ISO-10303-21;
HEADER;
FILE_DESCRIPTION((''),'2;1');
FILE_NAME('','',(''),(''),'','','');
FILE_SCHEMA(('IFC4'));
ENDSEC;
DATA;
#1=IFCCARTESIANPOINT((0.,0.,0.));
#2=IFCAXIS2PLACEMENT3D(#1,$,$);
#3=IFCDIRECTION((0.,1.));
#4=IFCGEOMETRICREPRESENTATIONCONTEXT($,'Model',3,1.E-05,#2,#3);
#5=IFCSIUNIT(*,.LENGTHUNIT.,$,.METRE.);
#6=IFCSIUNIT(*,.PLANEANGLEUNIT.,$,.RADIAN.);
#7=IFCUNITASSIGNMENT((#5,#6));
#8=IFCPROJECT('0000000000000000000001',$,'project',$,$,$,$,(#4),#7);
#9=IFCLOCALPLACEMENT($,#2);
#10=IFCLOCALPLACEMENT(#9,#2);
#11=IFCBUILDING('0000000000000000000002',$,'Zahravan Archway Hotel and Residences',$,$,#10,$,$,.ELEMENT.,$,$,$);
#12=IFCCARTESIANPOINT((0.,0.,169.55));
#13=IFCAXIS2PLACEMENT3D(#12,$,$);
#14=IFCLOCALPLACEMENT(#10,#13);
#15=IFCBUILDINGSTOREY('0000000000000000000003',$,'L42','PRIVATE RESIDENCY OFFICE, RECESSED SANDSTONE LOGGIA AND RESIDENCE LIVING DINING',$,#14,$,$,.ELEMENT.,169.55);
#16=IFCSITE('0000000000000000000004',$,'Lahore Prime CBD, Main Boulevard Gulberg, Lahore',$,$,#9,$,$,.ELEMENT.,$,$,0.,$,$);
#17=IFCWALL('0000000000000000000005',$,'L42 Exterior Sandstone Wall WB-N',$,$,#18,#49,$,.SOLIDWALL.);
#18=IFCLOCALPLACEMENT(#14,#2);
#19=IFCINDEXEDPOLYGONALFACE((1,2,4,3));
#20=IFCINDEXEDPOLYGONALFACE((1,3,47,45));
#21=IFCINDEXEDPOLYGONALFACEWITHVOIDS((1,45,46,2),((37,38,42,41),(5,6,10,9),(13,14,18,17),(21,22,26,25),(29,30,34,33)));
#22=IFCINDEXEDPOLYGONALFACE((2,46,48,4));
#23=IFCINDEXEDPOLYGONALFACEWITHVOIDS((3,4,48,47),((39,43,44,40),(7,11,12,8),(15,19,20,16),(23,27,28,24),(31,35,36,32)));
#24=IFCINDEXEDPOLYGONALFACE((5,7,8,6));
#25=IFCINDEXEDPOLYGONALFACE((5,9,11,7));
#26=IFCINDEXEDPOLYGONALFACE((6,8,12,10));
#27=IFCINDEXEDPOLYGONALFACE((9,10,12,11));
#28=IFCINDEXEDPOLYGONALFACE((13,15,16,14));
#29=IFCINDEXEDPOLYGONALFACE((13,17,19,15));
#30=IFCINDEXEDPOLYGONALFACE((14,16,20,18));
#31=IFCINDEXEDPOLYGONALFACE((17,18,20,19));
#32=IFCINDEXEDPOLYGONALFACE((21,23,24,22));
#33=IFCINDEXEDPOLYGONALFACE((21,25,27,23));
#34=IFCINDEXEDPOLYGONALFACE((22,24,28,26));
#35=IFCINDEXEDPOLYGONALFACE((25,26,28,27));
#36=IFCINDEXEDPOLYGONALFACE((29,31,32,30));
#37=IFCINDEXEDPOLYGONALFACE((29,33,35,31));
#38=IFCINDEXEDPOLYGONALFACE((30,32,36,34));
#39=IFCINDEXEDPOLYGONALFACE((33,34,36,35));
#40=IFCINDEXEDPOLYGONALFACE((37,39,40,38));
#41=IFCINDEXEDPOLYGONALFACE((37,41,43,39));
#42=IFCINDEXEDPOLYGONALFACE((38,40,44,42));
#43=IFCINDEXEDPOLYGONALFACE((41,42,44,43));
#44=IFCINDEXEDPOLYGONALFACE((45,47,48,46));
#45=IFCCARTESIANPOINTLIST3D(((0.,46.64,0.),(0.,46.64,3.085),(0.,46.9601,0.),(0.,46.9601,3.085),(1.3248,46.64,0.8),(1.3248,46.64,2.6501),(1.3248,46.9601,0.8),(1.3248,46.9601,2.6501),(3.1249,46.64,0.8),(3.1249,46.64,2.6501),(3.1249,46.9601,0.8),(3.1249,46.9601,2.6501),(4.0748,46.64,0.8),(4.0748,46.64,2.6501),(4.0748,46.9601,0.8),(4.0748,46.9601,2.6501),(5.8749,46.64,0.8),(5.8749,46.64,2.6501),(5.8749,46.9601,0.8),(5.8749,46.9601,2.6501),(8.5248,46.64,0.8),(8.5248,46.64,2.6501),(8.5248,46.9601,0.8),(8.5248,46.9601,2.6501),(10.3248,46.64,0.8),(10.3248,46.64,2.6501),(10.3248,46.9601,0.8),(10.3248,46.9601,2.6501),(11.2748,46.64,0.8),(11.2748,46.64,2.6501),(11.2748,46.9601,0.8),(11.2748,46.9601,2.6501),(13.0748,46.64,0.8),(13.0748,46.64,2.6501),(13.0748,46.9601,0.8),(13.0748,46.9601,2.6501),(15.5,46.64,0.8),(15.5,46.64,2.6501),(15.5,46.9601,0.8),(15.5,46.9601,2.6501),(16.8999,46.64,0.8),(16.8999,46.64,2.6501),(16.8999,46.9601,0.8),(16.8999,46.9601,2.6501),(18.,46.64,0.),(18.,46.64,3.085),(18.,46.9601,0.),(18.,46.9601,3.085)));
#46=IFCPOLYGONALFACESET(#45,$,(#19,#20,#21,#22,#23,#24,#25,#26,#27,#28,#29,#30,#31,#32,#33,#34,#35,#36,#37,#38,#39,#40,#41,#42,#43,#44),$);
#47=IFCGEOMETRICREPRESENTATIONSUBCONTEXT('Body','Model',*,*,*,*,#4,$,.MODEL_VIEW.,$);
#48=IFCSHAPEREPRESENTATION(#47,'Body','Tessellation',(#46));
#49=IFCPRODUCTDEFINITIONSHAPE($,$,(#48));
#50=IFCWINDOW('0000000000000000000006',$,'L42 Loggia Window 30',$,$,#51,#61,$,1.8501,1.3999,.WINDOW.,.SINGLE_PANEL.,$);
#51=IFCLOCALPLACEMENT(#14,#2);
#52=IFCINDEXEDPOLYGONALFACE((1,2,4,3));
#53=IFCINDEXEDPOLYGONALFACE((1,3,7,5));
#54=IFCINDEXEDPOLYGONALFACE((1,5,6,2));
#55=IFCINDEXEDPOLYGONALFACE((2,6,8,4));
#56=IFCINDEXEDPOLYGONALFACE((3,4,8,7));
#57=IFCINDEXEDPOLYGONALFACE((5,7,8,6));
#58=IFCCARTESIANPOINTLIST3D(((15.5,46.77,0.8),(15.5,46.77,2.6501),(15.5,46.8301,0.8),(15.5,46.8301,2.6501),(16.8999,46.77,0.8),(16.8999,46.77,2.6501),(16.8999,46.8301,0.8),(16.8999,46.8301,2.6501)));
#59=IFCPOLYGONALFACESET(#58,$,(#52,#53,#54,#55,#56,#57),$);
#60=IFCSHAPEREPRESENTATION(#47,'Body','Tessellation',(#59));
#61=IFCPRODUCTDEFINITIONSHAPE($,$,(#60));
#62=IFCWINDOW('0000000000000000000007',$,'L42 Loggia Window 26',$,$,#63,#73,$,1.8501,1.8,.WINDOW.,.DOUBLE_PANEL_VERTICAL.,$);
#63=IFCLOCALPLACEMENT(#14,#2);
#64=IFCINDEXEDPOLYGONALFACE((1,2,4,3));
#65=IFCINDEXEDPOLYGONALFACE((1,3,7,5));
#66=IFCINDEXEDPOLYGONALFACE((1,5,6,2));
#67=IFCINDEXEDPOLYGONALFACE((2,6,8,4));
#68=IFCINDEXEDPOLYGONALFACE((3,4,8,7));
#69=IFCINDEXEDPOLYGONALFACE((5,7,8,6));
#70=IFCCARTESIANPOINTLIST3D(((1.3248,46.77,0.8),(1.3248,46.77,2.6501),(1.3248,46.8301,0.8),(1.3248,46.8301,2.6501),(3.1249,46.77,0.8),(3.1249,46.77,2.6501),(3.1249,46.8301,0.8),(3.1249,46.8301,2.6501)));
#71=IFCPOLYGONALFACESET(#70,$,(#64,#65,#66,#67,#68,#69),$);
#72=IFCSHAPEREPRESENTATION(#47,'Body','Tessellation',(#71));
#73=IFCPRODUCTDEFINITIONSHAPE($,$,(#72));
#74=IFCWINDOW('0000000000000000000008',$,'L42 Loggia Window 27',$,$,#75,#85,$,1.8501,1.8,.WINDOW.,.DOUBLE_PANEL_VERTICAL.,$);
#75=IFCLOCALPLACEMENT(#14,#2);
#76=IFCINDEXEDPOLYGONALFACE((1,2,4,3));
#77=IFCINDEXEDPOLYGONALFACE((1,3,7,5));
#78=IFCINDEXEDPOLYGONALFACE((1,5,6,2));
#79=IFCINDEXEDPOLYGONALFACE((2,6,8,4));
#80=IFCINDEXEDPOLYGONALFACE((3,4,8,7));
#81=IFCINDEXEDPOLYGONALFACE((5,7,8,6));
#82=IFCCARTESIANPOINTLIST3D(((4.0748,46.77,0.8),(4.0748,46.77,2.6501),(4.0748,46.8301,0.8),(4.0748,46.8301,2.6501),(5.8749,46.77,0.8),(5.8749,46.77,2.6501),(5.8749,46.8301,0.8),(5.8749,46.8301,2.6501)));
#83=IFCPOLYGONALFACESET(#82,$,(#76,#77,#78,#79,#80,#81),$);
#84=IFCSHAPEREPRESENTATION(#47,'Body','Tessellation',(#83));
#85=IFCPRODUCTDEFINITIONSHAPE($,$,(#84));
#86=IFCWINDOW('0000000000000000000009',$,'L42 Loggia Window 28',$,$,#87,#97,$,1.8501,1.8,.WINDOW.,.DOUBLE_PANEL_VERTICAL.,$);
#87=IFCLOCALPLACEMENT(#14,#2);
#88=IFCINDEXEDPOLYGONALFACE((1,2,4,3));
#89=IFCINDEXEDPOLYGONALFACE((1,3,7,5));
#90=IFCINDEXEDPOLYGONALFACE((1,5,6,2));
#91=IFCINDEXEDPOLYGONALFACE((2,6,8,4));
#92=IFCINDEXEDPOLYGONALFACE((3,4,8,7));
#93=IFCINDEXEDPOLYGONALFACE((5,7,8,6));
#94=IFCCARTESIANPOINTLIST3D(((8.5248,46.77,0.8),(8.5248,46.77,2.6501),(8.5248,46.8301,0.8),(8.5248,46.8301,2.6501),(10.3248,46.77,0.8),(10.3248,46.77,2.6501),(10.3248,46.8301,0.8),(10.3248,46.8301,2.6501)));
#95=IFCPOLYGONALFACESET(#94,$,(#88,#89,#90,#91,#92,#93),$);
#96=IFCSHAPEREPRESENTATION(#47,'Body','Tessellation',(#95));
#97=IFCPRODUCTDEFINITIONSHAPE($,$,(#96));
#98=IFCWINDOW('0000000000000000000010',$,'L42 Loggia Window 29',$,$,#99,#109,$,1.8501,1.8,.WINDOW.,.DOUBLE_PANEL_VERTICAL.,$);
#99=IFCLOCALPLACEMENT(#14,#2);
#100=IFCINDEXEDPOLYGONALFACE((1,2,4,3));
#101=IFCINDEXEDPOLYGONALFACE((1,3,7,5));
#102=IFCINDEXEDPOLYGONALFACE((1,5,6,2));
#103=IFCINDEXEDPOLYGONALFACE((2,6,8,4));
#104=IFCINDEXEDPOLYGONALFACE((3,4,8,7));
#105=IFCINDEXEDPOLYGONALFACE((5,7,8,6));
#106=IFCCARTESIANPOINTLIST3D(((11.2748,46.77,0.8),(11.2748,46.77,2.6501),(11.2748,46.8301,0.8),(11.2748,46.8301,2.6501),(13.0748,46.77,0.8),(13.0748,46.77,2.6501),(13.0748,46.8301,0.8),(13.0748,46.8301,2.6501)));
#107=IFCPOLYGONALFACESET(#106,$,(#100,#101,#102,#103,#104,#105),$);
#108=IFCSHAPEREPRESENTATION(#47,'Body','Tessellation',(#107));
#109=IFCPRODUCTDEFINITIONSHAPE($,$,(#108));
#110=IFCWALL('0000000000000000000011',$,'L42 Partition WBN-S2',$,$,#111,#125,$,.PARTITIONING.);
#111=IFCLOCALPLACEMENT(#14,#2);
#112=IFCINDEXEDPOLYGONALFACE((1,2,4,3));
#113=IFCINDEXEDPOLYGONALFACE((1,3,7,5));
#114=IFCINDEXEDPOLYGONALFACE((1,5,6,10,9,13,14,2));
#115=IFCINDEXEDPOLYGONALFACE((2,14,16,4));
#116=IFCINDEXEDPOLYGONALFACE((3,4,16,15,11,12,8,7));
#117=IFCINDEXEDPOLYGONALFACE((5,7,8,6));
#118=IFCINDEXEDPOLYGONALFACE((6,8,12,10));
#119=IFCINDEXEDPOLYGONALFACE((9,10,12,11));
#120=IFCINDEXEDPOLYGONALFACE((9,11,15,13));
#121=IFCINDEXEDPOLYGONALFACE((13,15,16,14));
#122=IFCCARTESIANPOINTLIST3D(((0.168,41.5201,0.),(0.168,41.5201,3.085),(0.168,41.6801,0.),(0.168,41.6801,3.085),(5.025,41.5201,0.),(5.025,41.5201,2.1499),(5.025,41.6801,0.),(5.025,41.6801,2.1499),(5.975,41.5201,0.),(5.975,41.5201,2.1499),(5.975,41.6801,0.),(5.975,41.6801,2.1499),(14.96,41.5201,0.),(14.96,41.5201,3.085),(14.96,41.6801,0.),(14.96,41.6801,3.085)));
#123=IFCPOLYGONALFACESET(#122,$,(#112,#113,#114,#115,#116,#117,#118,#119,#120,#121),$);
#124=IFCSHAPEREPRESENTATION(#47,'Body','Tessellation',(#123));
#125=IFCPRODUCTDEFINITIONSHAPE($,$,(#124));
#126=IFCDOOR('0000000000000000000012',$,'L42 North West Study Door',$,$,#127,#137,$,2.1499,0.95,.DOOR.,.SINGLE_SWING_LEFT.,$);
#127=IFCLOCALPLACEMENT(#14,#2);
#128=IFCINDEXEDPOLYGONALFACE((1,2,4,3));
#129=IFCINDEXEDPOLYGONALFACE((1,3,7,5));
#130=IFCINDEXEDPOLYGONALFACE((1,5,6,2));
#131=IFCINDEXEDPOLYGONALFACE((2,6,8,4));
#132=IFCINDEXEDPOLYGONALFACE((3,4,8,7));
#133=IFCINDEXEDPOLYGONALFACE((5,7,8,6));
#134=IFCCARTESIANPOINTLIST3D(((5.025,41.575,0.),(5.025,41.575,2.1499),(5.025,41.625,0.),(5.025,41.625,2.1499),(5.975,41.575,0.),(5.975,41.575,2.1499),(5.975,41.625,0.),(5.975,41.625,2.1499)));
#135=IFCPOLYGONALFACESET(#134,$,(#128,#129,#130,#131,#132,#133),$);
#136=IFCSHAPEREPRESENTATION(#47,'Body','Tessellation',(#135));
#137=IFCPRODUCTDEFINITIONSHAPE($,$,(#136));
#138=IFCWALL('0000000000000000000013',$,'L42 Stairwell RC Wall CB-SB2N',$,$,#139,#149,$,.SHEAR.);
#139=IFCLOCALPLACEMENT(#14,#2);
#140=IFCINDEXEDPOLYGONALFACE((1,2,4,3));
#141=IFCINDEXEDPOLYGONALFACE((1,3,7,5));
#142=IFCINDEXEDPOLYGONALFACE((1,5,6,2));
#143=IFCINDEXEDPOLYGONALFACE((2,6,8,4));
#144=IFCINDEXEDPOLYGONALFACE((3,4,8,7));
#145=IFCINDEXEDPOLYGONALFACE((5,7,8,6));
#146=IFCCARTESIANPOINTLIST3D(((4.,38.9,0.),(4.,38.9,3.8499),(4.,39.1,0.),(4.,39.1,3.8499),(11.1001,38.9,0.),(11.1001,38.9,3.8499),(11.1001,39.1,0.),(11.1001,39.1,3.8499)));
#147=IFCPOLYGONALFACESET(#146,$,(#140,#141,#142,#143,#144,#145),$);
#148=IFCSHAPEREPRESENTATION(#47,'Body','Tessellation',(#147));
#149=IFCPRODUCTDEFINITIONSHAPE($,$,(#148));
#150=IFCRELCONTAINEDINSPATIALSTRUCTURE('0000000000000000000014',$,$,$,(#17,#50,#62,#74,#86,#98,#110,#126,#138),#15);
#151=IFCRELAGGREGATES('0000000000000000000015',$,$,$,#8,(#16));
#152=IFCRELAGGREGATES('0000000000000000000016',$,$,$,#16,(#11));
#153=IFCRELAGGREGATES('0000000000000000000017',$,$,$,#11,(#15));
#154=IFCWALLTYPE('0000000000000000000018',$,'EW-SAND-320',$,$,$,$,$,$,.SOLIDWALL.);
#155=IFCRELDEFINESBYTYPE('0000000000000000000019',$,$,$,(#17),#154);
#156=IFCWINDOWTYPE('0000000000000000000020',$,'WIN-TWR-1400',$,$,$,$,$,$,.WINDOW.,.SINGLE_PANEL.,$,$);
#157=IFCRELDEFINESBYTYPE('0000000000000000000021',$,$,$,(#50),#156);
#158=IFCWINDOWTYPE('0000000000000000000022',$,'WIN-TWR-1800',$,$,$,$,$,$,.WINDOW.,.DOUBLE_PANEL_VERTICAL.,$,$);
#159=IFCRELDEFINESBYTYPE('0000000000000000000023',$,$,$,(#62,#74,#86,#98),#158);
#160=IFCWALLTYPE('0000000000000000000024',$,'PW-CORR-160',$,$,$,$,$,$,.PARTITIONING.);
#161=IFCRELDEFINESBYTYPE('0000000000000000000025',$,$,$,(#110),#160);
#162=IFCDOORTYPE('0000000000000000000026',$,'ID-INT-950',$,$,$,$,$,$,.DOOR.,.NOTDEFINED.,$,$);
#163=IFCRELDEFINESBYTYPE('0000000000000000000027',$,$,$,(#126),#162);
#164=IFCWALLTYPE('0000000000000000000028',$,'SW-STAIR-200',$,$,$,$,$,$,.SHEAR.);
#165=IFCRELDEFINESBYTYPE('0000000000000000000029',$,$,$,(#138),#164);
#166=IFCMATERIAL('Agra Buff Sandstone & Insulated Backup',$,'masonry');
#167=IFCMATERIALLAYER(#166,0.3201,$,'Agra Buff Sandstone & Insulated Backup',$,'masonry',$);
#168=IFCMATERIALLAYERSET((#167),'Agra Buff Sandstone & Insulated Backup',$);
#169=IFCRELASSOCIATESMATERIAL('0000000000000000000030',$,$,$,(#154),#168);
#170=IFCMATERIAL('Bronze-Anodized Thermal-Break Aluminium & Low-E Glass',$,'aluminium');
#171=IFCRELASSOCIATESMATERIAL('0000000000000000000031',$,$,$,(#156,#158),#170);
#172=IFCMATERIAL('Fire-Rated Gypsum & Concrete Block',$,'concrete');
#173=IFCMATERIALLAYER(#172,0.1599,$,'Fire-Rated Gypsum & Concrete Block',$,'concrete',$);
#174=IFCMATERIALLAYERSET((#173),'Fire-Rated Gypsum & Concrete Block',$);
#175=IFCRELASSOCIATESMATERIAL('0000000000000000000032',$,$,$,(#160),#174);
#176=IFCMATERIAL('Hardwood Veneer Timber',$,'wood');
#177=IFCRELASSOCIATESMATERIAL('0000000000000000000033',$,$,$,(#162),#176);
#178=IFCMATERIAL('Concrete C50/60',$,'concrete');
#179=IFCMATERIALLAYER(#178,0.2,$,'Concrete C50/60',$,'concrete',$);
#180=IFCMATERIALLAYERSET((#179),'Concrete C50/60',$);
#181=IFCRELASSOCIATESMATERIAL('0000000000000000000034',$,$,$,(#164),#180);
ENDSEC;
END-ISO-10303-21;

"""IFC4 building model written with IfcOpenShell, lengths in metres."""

from ifc_helpers import new_model, si_unit, direction, frame, frame_2d, origin, place, context, subcontext, project, spatial, rectangle, extrude, source, transform, mapped, material, layer, layer_set, type_object, type_shapes, element, fill, save


model = new_model("IFC4")

# Units and contexts
model_context = context("Model", 3, precision=1e-05, world=origin(), true_north=direction((0.0, 1.0)))
body_context = subcontext(model_context, "Body", "Model", "MODEL_VIEW")
ifc_project = project(units=[si_unit("LENGTHUNIT", "METRE"), si_unit("PLANEANGLEUNIT", "RADIAN")], contexts=[model_context])

# Site, building, storey
site_placement = place(None, origin())
site = spatial("IfcSite", under=ifc_project, at=site_placement, Name="Lahore Prime CBD, Main Boulevard Gulberg, Lahore", CompositionType="ELEMENT", RefElevation=0.0)
building_placement = place(site_placement, origin())
building = spatial("IfcBuilding", under=site, at=building_placement, Name="Zahravan Archway Hotel and Residences", CompositionType="ELEMENT")
storey_placement = place(building_placement, frame((0.0, 0.0, 169.55)))
storey = spatial("IfcBuildingStorey", under=building, at=storey_placement, Name="L42", Description="PRIVATE RESIDENCY OFFICE, RECESSED SANDSTONE LOGGIA AND RESIDENCE LIVING DINING", CompositionType="ELEMENT", Elevation=169.55)

# Wall, openings, windows
ifc_material_1 = material(Name="Agra Buff Sandstone & Insulated Backup", Category="masonry")
ifc_layer_1 = layer(ifc_material_1, 0.3201, Name="Agra Buff Sandstone & Insulated Backup", Category="masonry")
ifc_layer_set_1 = layer_set([ifc_layer_1], Name="Agra Buff Sandstone & Insulated Backup")
wall_type_1 = type_object("IfcWallType", Name="EW-SAND-320", PredefinedType="SOLIDWALL", material=ifc_layer_set_1)
wall_1_placement = place(storey_placement, frame((0.0, 46.8, 0.0), z_axis=(0.0, 0.0, 1.0), x_axis=(1.0, 0.0, 0.0)))
wall_1 = element("IfcWall", 1, at=wall_1_placement, inside=storey, type_object=wall_type_1, Name="L42 Exterior Sandstone Wall WB-N", PredefinedType="SOLIDWALL", context=body_context, shape_type="SweptSolid", body=[
    extrude(rectangle(XDim=18.0, YDim=0.3201, at=frame_2d((9.0, 0.0))), origin(), (0.0, 0.0, 1.0), 3.085),
])
opening_1_placement = place(wall_1_placement, frame((1.325, 0.0, 0.8)))
opening_1 = element("IfcOpeningElement", 2, at=opening_1_placement, cuts=wall_1, PredefinedType="OPENING", context=body_context, shape_type="SweptSolid", body=[
    extrude(rectangle(XDim=1.8, YDim=1.8501, at=frame_2d((0.8999, 0.925))), frame((0.0, 0.1699, 0.0), z_axis=(0.0, -1.0, 0.0), x_axis=(1.0, 0.0, 0.0)), (0.0, 0.0, 1.0), 0.3401),
])
opening_2_placement = place(wall_1_placement, frame((4.075, 0.0, 0.8)))
opening_2 = element("IfcOpeningElement", 3, at=opening_2_placement, cuts=wall_1, PredefinedType="OPENING", context=body_context, shape_type="SweptSolid", body=[
    extrude(rectangle(XDim=1.8, YDim=1.8501, at=frame_2d((0.8999, 0.925))), frame((0.0, 0.1699, 0.0), z_axis=(0.0, -1.0, 0.0), x_axis=(1.0, 0.0, 0.0)), (0.0, 0.0, 1.0), 0.3401),
])
opening_3_placement = place(wall_1_placement, frame((8.5249, 0.0, 0.8)))
opening_3 = element("IfcOpeningElement", 4, at=opening_3_placement, cuts=wall_1, PredefinedType="OPENING", context=body_context, shape_type="SweptSolid", body=[
    extrude(rectangle(XDim=1.8, YDim=1.8501, at=frame_2d((0.8999, 0.925))), frame((0.0, 0.1699, 0.0), z_axis=(0.0, -1.0, 0.0), x_axis=(1.0, 0.0, 0.0)), (0.0, 0.0, 1.0), 0.3401),
])
opening_4_placement = place(wall_1_placement, frame((11.2749, 0.0, 0.8)))
opening_4 = element("IfcOpeningElement", 5, at=opening_4_placement, cuts=wall_1, PredefinedType="OPENING", context=body_context, shape_type="SweptSolid", body=[
    extrude(rectangle(XDim=1.8, YDim=1.8501, at=frame_2d((0.8999, 0.925))), frame((0.0, 0.1699, 0.0), z_axis=(0.0, -1.0, 0.0), x_axis=(1.0, 0.0, 0.0)), (0.0, 0.0, 1.0), 0.3401),
])
opening_5_placement = place(wall_1_placement, frame((15.5, 0.0, 0.8)))
opening_5 = element("IfcOpeningElement", 6, at=opening_5_placement, cuts=wall_1, PredefinedType="OPENING", context=body_context, shape_type="SweptSolid", body=[
    extrude(rectangle(XDim=1.3999, YDim=1.8501, at=frame_2d((0.7, 0.925))), frame((0.0, 0.1699, 0.0), z_axis=(0.0, -1.0, 0.0), x_axis=(1.0, 0.0, 0.0)), (0.0, 0.0, 1.0), 0.3401),
])
ifc_material_2 = material(Name="Bronze-Anodized Thermal-Break Aluminium & Low-E Glass", Category="aluminium")
window_type_1 = type_object("IfcWindowType", Name="WIN-TWR-1400", PartitioningType="SINGLE_PANEL", PredefinedType="WINDOW", material=ifc_material_2)
shared_shape_1 = source(origin(), body_context, "Body", "SweptSolid", [
    extrude(rectangle(XDim=1.3999, YDim=1.8501, at=frame_2d((0.7, 0.925))), frame((0.0, 0.03, 0.0), z_axis=(0.0, -1.0, 0.0), x_axis=(1.0, 0.0, 0.0)), (0.0, 0.0, 1.0), 0.0601),
])
type_shapes(window_type_1, [shared_shape_1])
window_1_placement = place(opening_5_placement, origin())
window_1 = element("IfcWindow", 7, at=window_1_placement, inside=storey, type_object=window_type_1, Name="L42 Loggia Window 30", OverallHeight=1.8501, OverallWidth=1.3999, PartitioningType="SINGLE_PANEL", PredefinedType="WINDOW", context=body_context, shape_type="MappedRepresentation", body=[
    mapped(shared_shape_1, transform((0.0, 0.0, 0.0), scale=1.0)),
])
fill(opening_5, window_1)
window_type_2 = type_object("IfcWindowType", Name="WIN-TWR-1800", PartitioningType="DOUBLE_PANEL_VERTICAL", PredefinedType="WINDOW", material=ifc_material_2)
shared_shape_2 = source(origin(), body_context, "Body", "SweptSolid", [
    extrude(rectangle(XDim=1.8, YDim=1.8501, at=frame_2d((0.8999, 0.925))), frame((0.0, 0.03, 0.0), z_axis=(0.0, -1.0, 0.0), x_axis=(1.0, 0.0, 0.0)), (0.0, 0.0, 1.0), 0.0601),
])
type_shapes(window_type_2, [shared_shape_2])
window_2_placement = place(opening_1_placement, origin())
window_2 = element("IfcWindow", 8, at=window_2_placement, inside=storey, type_object=window_type_2, Name="L42 Loggia Window 26", OverallHeight=1.8501, OverallWidth=1.8, PartitioningType="DOUBLE_PANEL_VERTICAL", PredefinedType="WINDOW", context=body_context, shape_type="MappedRepresentation", body=[
    mapped(shared_shape_2, transform((0.0, 0.0, 0.0), scale=1.0)),
])
fill(opening_1, window_2)
window_3_placement = place(opening_2_placement, origin())
window_3 = element("IfcWindow", 9, at=window_3_placement, inside=storey, type_object=window_type_2, Name="L42 Loggia Window 27", OverallHeight=1.8501, OverallWidth=1.8, PartitioningType="DOUBLE_PANEL_VERTICAL", PredefinedType="WINDOW", context=body_context, shape_type="MappedRepresentation", body=[
    mapped(shared_shape_2, transform((0.0, 0.0, 0.0), scale=1.0)),
])
fill(opening_2, window_3)
window_4_placement = place(opening_3_placement, origin())
window_4 = element("IfcWindow", 10, at=window_4_placement, inside=storey, type_object=window_type_2, Name="L42 Loggia Window 28", OverallHeight=1.8501, OverallWidth=1.8, PartitioningType="DOUBLE_PANEL_VERTICAL", PredefinedType="WINDOW", context=body_context, shape_type="MappedRepresentation", body=[
    mapped(shared_shape_2, transform((0.0, 0.0, 0.0), scale=1.0)),
])
fill(opening_3, window_4)
window_5_placement = place(opening_4_placement, origin())
window_5 = element("IfcWindow", 11, at=window_5_placement, inside=storey, type_object=window_type_2, Name="L42 Loggia Window 29", OverallHeight=1.8501, OverallWidth=1.8, PartitioningType="DOUBLE_PANEL_VERTICAL", PredefinedType="WINDOW", context=body_context, shape_type="MappedRepresentation", body=[
    mapped(shared_shape_2, transform((0.0, 0.0, 0.0), scale=1.0)),
])
fill(opening_4, window_5)

# Wall, opening, door
ifc_material_3 = material(Name="Fire-Rated Gypsum & Concrete Block", Category="concrete")
ifc_layer_2 = layer(ifc_material_3, 0.1599, Name="Fire-Rated Gypsum & Concrete Block", Category="concrete")
ifc_layer_set_2 = layer_set([ifc_layer_2], Name="Fire-Rated Gypsum & Concrete Block")
wall_type_2 = type_object("IfcWallType", Name="PW-CORR-160", PredefinedType="PARTITIONING", material=ifc_layer_set_2)
wall_2_placement = place(storey_placement, frame((0.168, 41.6001, 0.0), z_axis=(0.0, 0.0, 1.0), x_axis=(1.0, 0.0, 0.0)))
wall_2 = element("IfcWall", 12, at=wall_2_placement, inside=storey, type_object=wall_type_2, Name="L42 Partition WBN-S2", PredefinedType="PARTITIONING", context=body_context, shape_type="SweptSolid", body=[
    extrude(rectangle(XDim=14.792, YDim=0.1599, at=frame_2d((7.396, 0.0))), origin(), (0.0, 0.0, 1.0), 3.085),
])
opening_6_placement = place(wall_2_placement, frame((4.8569, 0.0, 0.0)))
opening_6 = element("IfcOpeningElement", 13, at=opening_6_placement, cuts=wall_2, PredefinedType="OPENING", context=body_context, shape_type="SweptSolid", body=[
    extrude(rectangle(XDim=0.95, YDim=2.1499, at=frame_2d((0.4751, 1.075))), frame((0.0, 0.0898, 0.0), z_axis=(0.0, -1.0, 0.0), x_axis=(1.0, 0.0, 0.0)), (0.0, 0.0, 1.0), 0.1799),
])
ifc_material_4 = material(Name="Hardwood Veneer Timber", Category="wood")
door_type_1 = type_object("IfcDoorType", Name="ID-INT-950", OperationType="NOTDEFINED", PredefinedType="DOOR", material=ifc_material_4)
shared_shape_3 = source(origin(), body_context, "Body", "SweptSolid", [
    extrude(rectangle(XDim=0.95, YDim=2.1499, at=frame_2d((0.4751, 1.075))), frame((0.0, 0.0249, 0.0), z_axis=(0.0, -1.0, 0.0), x_axis=(1.0, 0.0, 0.0)), (0.0, 0.0, 1.0), 0.05),
])
type_shapes(door_type_1, [shared_shape_3])
door_1_placement = place(opening_6_placement, origin())
door_1 = element("IfcDoor", 14, at=door_1_placement, inside=storey, type_object=door_type_1, Name="L42 North West Study Door", OperationType="SINGLE_SWING_LEFT", OverallHeight=2.1499, OverallWidth=0.95, PredefinedType="DOOR", context=body_context, shape_type="MappedRepresentation", body=[
    mapped(shared_shape_3, transform((0.0, 0.0, 0.0), scale=1.0)),
])
fill(opening_6, door_1)

# Wall
ifc_material_5 = material(Name="Concrete C50/60", Category="concrete")
ifc_layer_3 = layer(ifc_material_5, 0.2, Name="Concrete C50/60", Category="concrete")
ifc_layer_set_3 = layer_set([ifc_layer_3], Name="Concrete C50/60")
wall_type_3 = type_object("IfcWallType", Name="SW-STAIR-200", PredefinedType="SHEAR", material=ifc_layer_set_3)
wall_3_placement = place(storey_placement, frame((4.0, 39.0, 0.0), z_axis=(0.0, 0.0, 1.0), x_axis=(1.0, 0.0, 0.0)))
element("IfcWall", 15, at=wall_3_placement, inside=storey, type_object=wall_type_3, Name="L42 Stairwell RC Wall CB-SB2N", PredefinedType="SHEAR", context=body_context, shape_type="SweptSolid", body=[
    extrude(rectangle(XDim=7.1001, YDim=0.2, at=frame_2d((3.55, 0.0))), origin(), (0.0, 0.0, 1.0), 3.8499),
])

save(model, "model.ifc")
